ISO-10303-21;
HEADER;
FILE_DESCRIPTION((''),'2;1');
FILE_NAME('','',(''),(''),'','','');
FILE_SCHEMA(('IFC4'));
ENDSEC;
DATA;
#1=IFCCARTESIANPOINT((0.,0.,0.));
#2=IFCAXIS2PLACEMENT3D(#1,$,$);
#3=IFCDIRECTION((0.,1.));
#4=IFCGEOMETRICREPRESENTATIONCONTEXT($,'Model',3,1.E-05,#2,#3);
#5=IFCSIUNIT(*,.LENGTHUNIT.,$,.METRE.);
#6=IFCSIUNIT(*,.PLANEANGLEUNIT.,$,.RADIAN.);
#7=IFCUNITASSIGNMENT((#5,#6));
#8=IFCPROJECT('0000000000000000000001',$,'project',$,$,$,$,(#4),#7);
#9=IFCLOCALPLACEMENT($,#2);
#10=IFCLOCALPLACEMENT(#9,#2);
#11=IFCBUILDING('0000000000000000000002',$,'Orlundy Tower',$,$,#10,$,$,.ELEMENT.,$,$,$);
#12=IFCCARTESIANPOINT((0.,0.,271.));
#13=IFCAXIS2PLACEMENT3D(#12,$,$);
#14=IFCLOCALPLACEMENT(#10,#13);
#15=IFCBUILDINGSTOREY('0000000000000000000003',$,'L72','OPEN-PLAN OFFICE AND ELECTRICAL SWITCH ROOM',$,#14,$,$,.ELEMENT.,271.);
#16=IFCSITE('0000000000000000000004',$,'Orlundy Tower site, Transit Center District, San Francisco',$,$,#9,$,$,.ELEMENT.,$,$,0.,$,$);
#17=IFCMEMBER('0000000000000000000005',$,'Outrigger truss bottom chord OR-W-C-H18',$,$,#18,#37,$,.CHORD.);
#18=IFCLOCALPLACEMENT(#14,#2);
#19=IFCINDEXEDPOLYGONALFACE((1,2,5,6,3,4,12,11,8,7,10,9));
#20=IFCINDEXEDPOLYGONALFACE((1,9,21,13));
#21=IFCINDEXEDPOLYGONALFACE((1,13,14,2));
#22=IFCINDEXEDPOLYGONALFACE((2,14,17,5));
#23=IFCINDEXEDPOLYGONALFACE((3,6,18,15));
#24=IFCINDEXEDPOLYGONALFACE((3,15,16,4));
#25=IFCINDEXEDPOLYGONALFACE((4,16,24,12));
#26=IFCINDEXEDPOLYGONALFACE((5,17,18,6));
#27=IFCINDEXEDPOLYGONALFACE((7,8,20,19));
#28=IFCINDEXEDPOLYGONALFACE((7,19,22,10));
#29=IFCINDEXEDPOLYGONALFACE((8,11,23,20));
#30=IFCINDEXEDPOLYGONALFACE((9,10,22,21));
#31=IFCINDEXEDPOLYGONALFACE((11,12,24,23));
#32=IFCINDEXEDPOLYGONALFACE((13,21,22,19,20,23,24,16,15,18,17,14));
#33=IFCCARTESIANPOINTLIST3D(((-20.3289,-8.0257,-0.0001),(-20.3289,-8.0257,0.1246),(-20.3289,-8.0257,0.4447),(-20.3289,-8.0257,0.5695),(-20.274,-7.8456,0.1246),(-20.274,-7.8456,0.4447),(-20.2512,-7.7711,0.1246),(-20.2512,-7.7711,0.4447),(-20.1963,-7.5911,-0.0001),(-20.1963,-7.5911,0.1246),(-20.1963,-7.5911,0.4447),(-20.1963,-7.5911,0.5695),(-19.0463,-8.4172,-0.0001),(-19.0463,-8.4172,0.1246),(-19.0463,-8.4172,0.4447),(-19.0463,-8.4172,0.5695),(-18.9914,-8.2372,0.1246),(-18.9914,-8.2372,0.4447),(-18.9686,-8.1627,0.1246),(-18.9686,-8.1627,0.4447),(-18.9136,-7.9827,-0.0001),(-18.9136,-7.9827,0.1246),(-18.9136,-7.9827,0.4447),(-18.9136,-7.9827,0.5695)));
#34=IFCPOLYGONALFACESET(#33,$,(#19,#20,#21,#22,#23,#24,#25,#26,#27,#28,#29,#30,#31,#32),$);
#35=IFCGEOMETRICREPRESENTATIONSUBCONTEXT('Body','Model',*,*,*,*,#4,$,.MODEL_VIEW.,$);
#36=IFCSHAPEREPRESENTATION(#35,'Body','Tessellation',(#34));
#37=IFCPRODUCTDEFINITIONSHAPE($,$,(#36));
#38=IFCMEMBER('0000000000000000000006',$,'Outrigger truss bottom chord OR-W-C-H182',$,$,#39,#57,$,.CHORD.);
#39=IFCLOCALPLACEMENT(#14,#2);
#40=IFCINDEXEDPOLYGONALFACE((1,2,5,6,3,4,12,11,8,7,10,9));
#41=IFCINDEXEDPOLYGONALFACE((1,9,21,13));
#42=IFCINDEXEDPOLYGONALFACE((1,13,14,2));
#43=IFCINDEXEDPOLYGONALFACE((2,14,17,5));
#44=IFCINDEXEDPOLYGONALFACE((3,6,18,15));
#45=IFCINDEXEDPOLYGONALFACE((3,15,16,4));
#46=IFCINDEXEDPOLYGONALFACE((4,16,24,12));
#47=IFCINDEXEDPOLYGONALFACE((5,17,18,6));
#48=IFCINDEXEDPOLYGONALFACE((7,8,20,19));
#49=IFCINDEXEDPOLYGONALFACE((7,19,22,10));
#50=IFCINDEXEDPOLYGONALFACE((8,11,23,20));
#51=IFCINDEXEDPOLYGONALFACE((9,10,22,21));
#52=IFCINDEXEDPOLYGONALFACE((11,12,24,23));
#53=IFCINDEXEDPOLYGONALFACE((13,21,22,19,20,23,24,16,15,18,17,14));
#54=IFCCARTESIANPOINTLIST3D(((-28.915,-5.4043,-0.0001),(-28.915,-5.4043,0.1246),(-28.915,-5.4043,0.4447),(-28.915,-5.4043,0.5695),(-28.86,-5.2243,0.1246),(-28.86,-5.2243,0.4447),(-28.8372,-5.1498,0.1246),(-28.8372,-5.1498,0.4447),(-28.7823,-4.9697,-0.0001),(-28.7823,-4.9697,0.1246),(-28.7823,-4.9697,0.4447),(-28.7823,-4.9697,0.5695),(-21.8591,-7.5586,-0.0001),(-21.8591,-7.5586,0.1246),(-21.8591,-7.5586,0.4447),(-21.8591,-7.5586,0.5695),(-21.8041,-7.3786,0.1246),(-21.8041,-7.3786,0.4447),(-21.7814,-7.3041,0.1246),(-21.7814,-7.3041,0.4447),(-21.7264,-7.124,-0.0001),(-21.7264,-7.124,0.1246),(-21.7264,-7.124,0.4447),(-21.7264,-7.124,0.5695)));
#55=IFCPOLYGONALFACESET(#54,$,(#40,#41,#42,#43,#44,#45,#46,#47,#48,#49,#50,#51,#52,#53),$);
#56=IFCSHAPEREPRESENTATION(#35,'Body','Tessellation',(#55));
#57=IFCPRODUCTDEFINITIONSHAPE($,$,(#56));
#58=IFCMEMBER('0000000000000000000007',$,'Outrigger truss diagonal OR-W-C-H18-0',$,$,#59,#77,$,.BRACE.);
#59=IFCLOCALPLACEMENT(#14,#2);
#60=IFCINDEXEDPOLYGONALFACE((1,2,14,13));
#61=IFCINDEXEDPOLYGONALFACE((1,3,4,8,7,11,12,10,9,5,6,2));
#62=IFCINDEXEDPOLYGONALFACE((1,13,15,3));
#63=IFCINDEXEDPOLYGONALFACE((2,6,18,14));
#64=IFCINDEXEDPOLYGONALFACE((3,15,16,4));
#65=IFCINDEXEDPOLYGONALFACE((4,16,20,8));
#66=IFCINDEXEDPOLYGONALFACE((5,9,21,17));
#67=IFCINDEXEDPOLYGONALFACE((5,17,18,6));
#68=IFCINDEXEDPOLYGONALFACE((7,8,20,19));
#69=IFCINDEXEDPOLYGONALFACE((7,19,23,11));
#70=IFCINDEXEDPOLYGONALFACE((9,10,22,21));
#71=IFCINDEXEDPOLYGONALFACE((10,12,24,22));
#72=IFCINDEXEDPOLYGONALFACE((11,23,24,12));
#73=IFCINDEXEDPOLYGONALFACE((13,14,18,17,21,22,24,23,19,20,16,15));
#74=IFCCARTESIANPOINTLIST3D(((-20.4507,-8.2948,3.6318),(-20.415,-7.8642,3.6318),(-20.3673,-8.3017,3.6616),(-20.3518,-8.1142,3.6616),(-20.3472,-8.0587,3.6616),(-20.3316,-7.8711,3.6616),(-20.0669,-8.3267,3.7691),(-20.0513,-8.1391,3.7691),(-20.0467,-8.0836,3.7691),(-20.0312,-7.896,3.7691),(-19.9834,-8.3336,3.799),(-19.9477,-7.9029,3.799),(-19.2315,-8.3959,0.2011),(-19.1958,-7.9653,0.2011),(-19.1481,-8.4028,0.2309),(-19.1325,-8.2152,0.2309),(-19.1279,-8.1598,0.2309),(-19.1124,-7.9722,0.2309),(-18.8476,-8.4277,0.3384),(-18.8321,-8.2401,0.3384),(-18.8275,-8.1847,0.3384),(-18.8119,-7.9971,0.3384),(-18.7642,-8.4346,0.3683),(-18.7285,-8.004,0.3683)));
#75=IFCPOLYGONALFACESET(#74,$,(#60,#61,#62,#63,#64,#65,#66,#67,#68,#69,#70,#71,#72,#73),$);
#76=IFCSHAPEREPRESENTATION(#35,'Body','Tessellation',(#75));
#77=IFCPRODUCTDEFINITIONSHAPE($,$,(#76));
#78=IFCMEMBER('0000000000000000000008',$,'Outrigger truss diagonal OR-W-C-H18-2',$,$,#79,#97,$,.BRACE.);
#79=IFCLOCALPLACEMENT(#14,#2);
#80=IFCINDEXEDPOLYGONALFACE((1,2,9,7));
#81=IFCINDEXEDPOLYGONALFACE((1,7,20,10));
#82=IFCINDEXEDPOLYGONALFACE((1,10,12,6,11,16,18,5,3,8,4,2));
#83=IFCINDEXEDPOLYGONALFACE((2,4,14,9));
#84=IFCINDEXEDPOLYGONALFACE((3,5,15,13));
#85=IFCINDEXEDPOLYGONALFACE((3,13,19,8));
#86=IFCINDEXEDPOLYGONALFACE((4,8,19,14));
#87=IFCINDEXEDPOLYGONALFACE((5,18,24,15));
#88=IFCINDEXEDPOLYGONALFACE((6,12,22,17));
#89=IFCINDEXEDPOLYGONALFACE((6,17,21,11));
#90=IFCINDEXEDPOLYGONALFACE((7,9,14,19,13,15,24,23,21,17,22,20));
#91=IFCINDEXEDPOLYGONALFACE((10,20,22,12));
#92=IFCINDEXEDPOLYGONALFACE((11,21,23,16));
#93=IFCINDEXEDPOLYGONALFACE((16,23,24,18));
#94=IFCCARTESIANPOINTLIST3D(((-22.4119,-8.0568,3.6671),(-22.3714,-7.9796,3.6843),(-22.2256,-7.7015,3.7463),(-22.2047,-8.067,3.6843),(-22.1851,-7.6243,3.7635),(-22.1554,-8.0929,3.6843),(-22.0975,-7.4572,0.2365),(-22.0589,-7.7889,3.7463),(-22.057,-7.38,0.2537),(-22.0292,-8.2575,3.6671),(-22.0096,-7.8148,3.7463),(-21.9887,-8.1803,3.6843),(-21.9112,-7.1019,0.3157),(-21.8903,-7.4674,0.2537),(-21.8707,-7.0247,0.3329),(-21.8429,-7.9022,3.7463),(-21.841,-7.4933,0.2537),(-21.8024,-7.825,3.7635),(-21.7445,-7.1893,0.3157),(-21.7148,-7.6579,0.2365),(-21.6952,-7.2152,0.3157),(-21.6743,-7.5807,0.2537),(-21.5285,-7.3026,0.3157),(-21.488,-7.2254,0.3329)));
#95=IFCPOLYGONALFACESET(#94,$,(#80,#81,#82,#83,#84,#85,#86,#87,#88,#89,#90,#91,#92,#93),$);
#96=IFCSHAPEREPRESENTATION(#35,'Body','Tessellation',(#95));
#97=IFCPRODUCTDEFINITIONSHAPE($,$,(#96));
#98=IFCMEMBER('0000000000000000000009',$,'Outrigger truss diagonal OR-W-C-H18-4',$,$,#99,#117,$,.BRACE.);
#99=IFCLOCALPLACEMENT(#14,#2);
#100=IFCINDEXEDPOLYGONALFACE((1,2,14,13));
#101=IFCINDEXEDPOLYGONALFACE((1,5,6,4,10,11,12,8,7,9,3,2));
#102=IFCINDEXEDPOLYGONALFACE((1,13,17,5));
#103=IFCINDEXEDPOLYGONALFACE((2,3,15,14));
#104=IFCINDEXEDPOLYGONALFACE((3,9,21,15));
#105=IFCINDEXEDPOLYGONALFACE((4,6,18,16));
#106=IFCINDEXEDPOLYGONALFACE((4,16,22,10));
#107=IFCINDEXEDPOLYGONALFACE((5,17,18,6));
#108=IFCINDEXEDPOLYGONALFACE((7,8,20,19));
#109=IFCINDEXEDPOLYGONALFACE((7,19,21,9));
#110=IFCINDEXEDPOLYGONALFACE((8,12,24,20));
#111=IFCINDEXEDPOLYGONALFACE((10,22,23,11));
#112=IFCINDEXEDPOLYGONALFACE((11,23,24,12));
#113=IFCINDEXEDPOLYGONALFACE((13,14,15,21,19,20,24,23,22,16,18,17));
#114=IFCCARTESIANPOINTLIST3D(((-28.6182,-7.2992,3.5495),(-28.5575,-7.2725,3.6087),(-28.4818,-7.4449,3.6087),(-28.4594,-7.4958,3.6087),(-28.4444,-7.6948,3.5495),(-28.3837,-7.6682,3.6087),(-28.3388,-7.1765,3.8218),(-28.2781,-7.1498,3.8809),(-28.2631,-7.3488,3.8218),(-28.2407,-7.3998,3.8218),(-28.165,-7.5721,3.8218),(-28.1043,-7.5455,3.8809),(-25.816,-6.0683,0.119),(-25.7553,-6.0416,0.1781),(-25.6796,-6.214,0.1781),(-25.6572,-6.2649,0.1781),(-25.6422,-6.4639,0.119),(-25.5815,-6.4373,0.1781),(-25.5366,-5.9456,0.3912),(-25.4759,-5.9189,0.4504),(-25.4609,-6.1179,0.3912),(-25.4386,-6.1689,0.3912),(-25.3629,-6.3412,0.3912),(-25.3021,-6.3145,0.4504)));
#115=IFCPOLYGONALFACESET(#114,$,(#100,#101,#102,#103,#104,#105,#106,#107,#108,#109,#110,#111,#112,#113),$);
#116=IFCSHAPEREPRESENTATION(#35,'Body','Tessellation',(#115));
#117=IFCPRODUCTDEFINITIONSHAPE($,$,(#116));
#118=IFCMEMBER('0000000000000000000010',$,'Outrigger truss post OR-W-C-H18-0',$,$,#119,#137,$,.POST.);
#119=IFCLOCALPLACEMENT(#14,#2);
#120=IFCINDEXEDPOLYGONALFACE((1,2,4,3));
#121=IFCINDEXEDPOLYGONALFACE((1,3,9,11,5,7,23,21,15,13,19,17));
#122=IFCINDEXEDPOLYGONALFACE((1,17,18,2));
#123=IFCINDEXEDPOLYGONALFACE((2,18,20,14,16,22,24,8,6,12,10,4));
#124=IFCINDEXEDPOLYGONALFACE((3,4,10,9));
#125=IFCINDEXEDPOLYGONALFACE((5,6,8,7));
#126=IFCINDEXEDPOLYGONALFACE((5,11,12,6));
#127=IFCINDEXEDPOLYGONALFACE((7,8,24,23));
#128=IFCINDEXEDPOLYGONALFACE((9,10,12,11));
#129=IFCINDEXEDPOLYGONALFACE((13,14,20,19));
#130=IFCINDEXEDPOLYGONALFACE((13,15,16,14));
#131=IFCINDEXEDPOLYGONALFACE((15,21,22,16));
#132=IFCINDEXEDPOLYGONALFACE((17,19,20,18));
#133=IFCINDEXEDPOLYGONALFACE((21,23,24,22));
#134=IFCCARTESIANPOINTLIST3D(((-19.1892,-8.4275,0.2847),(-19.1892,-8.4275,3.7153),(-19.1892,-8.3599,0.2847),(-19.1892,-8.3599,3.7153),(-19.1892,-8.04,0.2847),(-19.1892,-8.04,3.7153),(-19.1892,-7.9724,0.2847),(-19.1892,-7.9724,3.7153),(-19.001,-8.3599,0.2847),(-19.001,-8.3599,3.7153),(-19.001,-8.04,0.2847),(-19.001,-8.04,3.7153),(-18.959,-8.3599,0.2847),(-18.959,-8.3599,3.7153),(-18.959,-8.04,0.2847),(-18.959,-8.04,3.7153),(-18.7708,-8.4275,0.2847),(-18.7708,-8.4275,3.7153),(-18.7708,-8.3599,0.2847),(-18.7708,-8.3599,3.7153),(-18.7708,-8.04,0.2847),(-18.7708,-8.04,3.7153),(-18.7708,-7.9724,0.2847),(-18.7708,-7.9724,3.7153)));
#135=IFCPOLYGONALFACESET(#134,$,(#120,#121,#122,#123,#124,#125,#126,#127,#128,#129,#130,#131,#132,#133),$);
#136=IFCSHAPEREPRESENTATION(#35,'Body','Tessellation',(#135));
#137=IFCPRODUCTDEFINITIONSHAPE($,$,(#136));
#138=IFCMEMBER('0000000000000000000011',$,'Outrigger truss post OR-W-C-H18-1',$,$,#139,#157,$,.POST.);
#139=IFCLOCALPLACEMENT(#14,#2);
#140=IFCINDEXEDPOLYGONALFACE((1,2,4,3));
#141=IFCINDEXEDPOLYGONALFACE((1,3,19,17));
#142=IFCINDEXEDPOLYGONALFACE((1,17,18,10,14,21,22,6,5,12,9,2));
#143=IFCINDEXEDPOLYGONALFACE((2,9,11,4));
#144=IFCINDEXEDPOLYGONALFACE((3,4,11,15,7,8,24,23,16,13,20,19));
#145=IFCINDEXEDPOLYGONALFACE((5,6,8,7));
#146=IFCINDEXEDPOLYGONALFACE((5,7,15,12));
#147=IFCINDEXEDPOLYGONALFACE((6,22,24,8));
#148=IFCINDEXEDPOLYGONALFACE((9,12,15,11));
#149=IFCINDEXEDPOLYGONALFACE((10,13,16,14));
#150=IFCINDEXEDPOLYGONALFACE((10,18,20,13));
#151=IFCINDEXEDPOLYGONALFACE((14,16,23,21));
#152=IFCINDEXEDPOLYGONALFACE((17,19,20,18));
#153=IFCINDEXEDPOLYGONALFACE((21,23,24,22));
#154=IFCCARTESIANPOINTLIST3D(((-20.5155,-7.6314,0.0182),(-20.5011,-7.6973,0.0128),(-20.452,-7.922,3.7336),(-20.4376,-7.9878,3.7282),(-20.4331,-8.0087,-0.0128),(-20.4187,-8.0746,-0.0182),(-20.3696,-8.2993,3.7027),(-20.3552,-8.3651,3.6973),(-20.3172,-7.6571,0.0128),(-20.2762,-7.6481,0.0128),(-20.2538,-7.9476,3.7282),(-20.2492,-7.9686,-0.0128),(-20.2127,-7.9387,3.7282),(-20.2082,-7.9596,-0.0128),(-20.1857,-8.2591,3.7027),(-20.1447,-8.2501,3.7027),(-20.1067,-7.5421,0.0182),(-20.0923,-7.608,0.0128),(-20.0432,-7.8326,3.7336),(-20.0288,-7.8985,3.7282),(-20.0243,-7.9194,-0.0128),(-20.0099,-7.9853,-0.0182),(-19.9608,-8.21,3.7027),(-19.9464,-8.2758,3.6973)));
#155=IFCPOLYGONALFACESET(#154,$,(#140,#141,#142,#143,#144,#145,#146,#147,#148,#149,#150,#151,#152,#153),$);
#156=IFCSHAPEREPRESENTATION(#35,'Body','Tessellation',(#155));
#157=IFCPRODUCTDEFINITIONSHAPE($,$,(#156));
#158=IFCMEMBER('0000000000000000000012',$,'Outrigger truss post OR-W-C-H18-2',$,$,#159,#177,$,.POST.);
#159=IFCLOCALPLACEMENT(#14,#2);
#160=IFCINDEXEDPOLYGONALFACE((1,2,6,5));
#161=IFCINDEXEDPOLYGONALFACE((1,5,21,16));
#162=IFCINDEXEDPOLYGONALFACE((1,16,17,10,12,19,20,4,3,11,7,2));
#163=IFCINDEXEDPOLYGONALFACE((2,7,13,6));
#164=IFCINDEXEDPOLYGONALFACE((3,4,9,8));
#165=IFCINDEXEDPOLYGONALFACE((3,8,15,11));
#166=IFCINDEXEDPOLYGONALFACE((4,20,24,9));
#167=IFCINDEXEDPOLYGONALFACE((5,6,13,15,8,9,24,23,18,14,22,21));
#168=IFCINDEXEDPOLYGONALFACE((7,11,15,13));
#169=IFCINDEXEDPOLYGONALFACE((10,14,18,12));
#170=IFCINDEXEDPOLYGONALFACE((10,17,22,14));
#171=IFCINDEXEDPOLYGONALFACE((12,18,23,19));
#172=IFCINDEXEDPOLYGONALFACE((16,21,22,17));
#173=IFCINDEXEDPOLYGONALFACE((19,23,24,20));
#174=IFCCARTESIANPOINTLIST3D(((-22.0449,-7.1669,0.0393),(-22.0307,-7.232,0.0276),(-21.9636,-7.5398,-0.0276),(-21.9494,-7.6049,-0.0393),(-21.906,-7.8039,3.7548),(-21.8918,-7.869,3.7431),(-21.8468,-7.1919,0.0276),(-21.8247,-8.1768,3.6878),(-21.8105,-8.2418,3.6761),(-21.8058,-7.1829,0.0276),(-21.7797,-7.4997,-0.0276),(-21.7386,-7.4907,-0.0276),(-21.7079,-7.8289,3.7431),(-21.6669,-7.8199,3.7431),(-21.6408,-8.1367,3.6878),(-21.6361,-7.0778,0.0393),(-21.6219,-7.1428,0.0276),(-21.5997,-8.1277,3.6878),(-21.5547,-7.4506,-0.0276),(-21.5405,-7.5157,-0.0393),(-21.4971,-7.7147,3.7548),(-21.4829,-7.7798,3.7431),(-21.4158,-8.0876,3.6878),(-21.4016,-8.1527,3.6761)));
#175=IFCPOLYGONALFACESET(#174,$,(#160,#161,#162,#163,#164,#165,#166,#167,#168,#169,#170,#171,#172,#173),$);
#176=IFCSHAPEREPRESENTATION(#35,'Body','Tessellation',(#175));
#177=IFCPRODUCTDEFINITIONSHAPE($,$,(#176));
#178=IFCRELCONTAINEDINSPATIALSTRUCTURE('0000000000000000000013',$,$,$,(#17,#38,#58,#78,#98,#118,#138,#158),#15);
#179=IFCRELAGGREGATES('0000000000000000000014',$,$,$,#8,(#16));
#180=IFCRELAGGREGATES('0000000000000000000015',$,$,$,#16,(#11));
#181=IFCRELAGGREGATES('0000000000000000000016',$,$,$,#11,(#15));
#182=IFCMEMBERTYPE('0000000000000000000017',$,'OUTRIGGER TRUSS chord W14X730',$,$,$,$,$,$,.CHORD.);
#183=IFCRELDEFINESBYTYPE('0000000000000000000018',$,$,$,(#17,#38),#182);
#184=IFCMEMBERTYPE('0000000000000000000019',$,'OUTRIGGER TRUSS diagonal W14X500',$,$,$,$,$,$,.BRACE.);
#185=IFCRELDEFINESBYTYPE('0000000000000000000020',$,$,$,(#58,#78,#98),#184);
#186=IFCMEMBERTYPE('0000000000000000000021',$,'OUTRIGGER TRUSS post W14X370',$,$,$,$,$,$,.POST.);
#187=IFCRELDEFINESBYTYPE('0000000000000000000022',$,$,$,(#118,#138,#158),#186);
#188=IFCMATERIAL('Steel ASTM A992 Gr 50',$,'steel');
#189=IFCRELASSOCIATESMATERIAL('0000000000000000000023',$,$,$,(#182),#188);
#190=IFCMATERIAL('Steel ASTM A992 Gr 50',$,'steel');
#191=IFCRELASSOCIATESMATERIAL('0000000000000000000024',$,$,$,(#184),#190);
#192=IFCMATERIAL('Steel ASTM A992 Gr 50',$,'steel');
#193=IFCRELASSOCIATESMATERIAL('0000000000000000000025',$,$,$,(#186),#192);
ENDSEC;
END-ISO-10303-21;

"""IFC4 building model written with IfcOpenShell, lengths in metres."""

from ifc_helpers import new_model, si_unit, direction, frame, origin, origin_2d, place, context, subcontext, project, spatial, i_section, extrude, material, material_profile, profile_set, type_object, element, save


model = new_model("IFC4")

# Units and contexts
model_context = context("Model", 3, precision=1e-05, world=origin(), true_north=direction((0.0, 1.0)))
body_context = subcontext(model_context, "Body", "Model", "MODEL_VIEW")
ifc_project = project(units=[si_unit("LENGTHUNIT", "METRE"), si_unit("PLANEANGLEUNIT", "RADIAN")], contexts=[model_context])

# Site, building, storey
site_placement = place(None, origin())
site = spatial("IfcSite", under=ifc_project, at=site_placement, Name="Orlundy Tower site, Transit Center District, San Francisco", CompositionType="ELEMENT", RefElevation=0.0)
building_placement = place(site_placement, origin())
building = spatial("IfcBuilding", under=site, at=building_placement, Name="Orlundy Tower", CompositionType="ELEMENT")
storey_placement = place(building_placement, frame((0.0, 0.0, 271.0)))
storey = spatial("IfcBuildingStorey", under=building, at=storey_placement, Name="L72", Description="OPEN-PLAN OFFICE AND ELECTRICAL SWITCH ROOM", CompositionType="ELEMENT", Elevation=271.0)

# Members
ifc_material_1 = material(Name="Steel ASTM A992 Gr 50", Category="steel")
ifc_material_profile_1 = material_profile(ifc_material_1, i_section(OverallWidth=0.4543, OverallDepth=0.5696, WebThickness=0.0779, FlangeThickness=0.1248, at=origin_2d()), Name="W14X730")
ifc_profile_set_1 = profile_set([ifc_material_profile_1], Name="Steel ASTM A992 Gr 50")
member_type_1 = type_object("IfcMemberType", Name="OUTRIGGER TRUSS chord W14X730", PredefinedType="CHORD", material=ifc_profile_set_1)
member_1_placement = place(storey_placement, frame((-18.98, -8.2, 0.2847), z_axis=(-0.956422, 0.291987, 0.0), x_axis=(-0.291987, -0.956422, 0.0)))
element("IfcMember", 1, at=member_1_placement, inside=storey, type_object=member_type_1, Name="Outrigger truss bottom chord OR-W-C-H18", PredefinedType="CHORD", context=body_context, shape_type="SweptSolid", body=[
    extrude(i_section(OverallWidth=0.4543, OverallDepth=0.5696, WebThickness=0.0779, FlangeThickness=0.1248, at=origin_2d()), origin(), (0.0, 0.0, 1.0), 1.3411),
])
member_2_placement = place(storey_placement, frame((-21.7927, -7.3413, 0.2847), z_axis=(-0.956415, 0.292011, 0.0), x_axis=(-0.292011, -0.956415, 0.0)))
element("IfcMember", 2, at=member_2_placement, inside=storey, type_object=member_type_1, Name="Outrigger truss bottom chord OR-W-C-H182", PredefinedType="CHORD", context=body_context, shape_type="SweptSolid", body=[
    extrude(i_section(OverallWidth=0.4543, OverallDepth=0.5696, WebThickness=0.0779, FlangeThickness=0.1248, at=origin_2d()), origin(), (0.0, 0.0, 1.0), 7.3774),
])
ifc_material_2 = material(Name="Steel ASTM A992 Gr 50", Category="steel")
ifc_material_profile_2 = material_profile(ifc_material_2, i_section(OverallWidth=0.4321, OverallDepth=0.4978, WebThickness=0.0557, FlangeThickness=0.0889, at=origin_2d()), Name="W14X500")
ifc_profile_set_2 = profile_set([ifc_material_profile_2], Name="Steel ASTM A992 Gr 50")
member_type_2 = type_object("IfcMemberType", Name="OUTRIGGER TRUSS diagonal W14X500", PredefinedType="BRACE", material=ifc_profile_set_2)
member_3_placement = place(storey_placement, frame((-18.98, -8.2, 0.2847), z_axis=(-0.334746, 0.02775, 0.9419), x_axis=(-0.082616, -0.996581, 0.0)))
element("IfcMember", 3, at=member_3_placement, inside=storey, type_object=member_type_2, Name="Outrigger truss diagonal OR-W-C-H18-0", PredefinedType="BRACE", context=body_context, shape_type="SweptSolid", body=[
    extrude(i_section(OverallWidth=0.4321, OverallDepth=0.4978, WebThickness=0.0557, FlangeThickness=0.0889, at=origin_2d()), origin(), (0.0, 0.0, 1.0), 3.6423),
])
member_4_placement = place(storey_placement, frame((-21.7927, -7.3413, 0.2847), z_axis=(-0.089925, -0.171472, 0.981076), x_axis=(0.885606, -0.464438, 0.0)))
element("IfcMember", 4, at=member_4_placement, inside=storey, type_object=member_type_2, Name="Outrigger truss diagonal OR-W-C-H18-2", PredefinedType="BRACE", context=body_context, shape_type="SweptSolid", body=[
    extrude(i_section(OverallWidth=0.4321, OverallDepth=0.4978, WebThickness=0.0557, FlangeThickness=0.0889, at=origin_2d()), origin(), (0.0, 0.0, 1.0), 3.4968),
])
member_5_placement = place(storey_placement, frame((-25.5591, -6.1914, 0.2847), z_axis=(-0.609511, -0.267743, 0.746197), x_axis=(0.402183, -0.91556, 0.0)))
element("IfcMember", 5, at=member_5_placement, inside=storey, type_object=member_type_2, Name="Outrigger truss diagonal OR-W-C-H18-4", PredefinedType="BRACE", context=body_context, shape_type="SweptSolid", body=[
    extrude(i_section(OverallWidth=0.4321, OverallDepth=0.4978, WebThickness=0.0557, FlangeThickness=0.0889, at=origin_2d()), origin(), (0.0, 0.0, 1.0), 4.5974),
])
ifc_material_3 = material(Name="Steel ASTM A992 Gr 50", Category="steel")
ifc_material_profile_3 = material_profile(ifc_material_3, i_section(OverallWidth=0.4185, OverallDepth=0.4551, WebThickness=0.042, FlangeThickness=0.0676, at=origin_2d()), Name="W14X370")
ifc_profile_set_3 = profile_set([ifc_material_profile_3], Name="Steel ASTM A992 Gr 50")
member_type_3 = type_object("IfcMemberType", Name="OUTRIGGER TRUSS post W14X370", PredefinedType="POST", material=ifc_profile_set_3)
member_6_placement = place(storey_placement, frame((-18.98, -8.2, 0.2847), z_axis=(0.0, 0.0, 1.0), x_axis=(1.0, 0.0, 0.0)))
element("IfcMember", 6, at=member_6_placement, inside=storey, type_object=member_type_3, Name="Outrigger truss post OR-W-C-H18-0", PredefinedType="POST", context=body_context, shape_type="SweptSolid", body=[
    extrude(i_section(OverallWidth=0.4185, OverallDepth=0.4551, WebThickness=0.042, FlangeThickness=0.0676, at=origin_2d()), origin(), (0.0, 0.0, 1.0), 3.4307),
])
member_7_placement = place(storey_placement, frame((-20.2627, -7.8083, 0.0), z_axis=(0.017031, -0.077948, 0.996812), x_axis=(0.976954, 0.213452, 0.0)))
element("IfcMember", 7, at=member_7_placement, inside=storey, type_object=member_type_3, Name="Outrigger truss post OR-W-C-H18-1", PredefinedType="POST", context=body_context, shape_type="SweptSolid", body=[
    extrude(i_section(OverallWidth=0.4185, OverallDepth=0.4551, WebThickness=0.042, FlangeThickness=0.0676, at=origin_2d()), origin(), (0.0, 0.0, 1.0), 3.7273),
])
member_8_placement = place(storey_placement, frame((-21.7927, -7.3413, 0.0), z_axis=(0.036827, -0.168862, 0.984951), x_axis=(0.977034, 0.213083, 0.0)))
element("IfcMember", 8, at=member_8_placement, inside=storey, type_object=member_type_3, Name="Outrigger truss post OR-W-C-H18-2", PredefinedType="POST", context=body_context, shape_type="SweptSolid", body=[
    extrude(i_section(OverallWidth=0.4185, OverallDepth=0.4551, WebThickness=0.042, FlangeThickness=0.0676, at=origin_2d()), origin(), (0.0, 0.0, 1.0), 3.7722),
])

save(model, "model.ifc")
